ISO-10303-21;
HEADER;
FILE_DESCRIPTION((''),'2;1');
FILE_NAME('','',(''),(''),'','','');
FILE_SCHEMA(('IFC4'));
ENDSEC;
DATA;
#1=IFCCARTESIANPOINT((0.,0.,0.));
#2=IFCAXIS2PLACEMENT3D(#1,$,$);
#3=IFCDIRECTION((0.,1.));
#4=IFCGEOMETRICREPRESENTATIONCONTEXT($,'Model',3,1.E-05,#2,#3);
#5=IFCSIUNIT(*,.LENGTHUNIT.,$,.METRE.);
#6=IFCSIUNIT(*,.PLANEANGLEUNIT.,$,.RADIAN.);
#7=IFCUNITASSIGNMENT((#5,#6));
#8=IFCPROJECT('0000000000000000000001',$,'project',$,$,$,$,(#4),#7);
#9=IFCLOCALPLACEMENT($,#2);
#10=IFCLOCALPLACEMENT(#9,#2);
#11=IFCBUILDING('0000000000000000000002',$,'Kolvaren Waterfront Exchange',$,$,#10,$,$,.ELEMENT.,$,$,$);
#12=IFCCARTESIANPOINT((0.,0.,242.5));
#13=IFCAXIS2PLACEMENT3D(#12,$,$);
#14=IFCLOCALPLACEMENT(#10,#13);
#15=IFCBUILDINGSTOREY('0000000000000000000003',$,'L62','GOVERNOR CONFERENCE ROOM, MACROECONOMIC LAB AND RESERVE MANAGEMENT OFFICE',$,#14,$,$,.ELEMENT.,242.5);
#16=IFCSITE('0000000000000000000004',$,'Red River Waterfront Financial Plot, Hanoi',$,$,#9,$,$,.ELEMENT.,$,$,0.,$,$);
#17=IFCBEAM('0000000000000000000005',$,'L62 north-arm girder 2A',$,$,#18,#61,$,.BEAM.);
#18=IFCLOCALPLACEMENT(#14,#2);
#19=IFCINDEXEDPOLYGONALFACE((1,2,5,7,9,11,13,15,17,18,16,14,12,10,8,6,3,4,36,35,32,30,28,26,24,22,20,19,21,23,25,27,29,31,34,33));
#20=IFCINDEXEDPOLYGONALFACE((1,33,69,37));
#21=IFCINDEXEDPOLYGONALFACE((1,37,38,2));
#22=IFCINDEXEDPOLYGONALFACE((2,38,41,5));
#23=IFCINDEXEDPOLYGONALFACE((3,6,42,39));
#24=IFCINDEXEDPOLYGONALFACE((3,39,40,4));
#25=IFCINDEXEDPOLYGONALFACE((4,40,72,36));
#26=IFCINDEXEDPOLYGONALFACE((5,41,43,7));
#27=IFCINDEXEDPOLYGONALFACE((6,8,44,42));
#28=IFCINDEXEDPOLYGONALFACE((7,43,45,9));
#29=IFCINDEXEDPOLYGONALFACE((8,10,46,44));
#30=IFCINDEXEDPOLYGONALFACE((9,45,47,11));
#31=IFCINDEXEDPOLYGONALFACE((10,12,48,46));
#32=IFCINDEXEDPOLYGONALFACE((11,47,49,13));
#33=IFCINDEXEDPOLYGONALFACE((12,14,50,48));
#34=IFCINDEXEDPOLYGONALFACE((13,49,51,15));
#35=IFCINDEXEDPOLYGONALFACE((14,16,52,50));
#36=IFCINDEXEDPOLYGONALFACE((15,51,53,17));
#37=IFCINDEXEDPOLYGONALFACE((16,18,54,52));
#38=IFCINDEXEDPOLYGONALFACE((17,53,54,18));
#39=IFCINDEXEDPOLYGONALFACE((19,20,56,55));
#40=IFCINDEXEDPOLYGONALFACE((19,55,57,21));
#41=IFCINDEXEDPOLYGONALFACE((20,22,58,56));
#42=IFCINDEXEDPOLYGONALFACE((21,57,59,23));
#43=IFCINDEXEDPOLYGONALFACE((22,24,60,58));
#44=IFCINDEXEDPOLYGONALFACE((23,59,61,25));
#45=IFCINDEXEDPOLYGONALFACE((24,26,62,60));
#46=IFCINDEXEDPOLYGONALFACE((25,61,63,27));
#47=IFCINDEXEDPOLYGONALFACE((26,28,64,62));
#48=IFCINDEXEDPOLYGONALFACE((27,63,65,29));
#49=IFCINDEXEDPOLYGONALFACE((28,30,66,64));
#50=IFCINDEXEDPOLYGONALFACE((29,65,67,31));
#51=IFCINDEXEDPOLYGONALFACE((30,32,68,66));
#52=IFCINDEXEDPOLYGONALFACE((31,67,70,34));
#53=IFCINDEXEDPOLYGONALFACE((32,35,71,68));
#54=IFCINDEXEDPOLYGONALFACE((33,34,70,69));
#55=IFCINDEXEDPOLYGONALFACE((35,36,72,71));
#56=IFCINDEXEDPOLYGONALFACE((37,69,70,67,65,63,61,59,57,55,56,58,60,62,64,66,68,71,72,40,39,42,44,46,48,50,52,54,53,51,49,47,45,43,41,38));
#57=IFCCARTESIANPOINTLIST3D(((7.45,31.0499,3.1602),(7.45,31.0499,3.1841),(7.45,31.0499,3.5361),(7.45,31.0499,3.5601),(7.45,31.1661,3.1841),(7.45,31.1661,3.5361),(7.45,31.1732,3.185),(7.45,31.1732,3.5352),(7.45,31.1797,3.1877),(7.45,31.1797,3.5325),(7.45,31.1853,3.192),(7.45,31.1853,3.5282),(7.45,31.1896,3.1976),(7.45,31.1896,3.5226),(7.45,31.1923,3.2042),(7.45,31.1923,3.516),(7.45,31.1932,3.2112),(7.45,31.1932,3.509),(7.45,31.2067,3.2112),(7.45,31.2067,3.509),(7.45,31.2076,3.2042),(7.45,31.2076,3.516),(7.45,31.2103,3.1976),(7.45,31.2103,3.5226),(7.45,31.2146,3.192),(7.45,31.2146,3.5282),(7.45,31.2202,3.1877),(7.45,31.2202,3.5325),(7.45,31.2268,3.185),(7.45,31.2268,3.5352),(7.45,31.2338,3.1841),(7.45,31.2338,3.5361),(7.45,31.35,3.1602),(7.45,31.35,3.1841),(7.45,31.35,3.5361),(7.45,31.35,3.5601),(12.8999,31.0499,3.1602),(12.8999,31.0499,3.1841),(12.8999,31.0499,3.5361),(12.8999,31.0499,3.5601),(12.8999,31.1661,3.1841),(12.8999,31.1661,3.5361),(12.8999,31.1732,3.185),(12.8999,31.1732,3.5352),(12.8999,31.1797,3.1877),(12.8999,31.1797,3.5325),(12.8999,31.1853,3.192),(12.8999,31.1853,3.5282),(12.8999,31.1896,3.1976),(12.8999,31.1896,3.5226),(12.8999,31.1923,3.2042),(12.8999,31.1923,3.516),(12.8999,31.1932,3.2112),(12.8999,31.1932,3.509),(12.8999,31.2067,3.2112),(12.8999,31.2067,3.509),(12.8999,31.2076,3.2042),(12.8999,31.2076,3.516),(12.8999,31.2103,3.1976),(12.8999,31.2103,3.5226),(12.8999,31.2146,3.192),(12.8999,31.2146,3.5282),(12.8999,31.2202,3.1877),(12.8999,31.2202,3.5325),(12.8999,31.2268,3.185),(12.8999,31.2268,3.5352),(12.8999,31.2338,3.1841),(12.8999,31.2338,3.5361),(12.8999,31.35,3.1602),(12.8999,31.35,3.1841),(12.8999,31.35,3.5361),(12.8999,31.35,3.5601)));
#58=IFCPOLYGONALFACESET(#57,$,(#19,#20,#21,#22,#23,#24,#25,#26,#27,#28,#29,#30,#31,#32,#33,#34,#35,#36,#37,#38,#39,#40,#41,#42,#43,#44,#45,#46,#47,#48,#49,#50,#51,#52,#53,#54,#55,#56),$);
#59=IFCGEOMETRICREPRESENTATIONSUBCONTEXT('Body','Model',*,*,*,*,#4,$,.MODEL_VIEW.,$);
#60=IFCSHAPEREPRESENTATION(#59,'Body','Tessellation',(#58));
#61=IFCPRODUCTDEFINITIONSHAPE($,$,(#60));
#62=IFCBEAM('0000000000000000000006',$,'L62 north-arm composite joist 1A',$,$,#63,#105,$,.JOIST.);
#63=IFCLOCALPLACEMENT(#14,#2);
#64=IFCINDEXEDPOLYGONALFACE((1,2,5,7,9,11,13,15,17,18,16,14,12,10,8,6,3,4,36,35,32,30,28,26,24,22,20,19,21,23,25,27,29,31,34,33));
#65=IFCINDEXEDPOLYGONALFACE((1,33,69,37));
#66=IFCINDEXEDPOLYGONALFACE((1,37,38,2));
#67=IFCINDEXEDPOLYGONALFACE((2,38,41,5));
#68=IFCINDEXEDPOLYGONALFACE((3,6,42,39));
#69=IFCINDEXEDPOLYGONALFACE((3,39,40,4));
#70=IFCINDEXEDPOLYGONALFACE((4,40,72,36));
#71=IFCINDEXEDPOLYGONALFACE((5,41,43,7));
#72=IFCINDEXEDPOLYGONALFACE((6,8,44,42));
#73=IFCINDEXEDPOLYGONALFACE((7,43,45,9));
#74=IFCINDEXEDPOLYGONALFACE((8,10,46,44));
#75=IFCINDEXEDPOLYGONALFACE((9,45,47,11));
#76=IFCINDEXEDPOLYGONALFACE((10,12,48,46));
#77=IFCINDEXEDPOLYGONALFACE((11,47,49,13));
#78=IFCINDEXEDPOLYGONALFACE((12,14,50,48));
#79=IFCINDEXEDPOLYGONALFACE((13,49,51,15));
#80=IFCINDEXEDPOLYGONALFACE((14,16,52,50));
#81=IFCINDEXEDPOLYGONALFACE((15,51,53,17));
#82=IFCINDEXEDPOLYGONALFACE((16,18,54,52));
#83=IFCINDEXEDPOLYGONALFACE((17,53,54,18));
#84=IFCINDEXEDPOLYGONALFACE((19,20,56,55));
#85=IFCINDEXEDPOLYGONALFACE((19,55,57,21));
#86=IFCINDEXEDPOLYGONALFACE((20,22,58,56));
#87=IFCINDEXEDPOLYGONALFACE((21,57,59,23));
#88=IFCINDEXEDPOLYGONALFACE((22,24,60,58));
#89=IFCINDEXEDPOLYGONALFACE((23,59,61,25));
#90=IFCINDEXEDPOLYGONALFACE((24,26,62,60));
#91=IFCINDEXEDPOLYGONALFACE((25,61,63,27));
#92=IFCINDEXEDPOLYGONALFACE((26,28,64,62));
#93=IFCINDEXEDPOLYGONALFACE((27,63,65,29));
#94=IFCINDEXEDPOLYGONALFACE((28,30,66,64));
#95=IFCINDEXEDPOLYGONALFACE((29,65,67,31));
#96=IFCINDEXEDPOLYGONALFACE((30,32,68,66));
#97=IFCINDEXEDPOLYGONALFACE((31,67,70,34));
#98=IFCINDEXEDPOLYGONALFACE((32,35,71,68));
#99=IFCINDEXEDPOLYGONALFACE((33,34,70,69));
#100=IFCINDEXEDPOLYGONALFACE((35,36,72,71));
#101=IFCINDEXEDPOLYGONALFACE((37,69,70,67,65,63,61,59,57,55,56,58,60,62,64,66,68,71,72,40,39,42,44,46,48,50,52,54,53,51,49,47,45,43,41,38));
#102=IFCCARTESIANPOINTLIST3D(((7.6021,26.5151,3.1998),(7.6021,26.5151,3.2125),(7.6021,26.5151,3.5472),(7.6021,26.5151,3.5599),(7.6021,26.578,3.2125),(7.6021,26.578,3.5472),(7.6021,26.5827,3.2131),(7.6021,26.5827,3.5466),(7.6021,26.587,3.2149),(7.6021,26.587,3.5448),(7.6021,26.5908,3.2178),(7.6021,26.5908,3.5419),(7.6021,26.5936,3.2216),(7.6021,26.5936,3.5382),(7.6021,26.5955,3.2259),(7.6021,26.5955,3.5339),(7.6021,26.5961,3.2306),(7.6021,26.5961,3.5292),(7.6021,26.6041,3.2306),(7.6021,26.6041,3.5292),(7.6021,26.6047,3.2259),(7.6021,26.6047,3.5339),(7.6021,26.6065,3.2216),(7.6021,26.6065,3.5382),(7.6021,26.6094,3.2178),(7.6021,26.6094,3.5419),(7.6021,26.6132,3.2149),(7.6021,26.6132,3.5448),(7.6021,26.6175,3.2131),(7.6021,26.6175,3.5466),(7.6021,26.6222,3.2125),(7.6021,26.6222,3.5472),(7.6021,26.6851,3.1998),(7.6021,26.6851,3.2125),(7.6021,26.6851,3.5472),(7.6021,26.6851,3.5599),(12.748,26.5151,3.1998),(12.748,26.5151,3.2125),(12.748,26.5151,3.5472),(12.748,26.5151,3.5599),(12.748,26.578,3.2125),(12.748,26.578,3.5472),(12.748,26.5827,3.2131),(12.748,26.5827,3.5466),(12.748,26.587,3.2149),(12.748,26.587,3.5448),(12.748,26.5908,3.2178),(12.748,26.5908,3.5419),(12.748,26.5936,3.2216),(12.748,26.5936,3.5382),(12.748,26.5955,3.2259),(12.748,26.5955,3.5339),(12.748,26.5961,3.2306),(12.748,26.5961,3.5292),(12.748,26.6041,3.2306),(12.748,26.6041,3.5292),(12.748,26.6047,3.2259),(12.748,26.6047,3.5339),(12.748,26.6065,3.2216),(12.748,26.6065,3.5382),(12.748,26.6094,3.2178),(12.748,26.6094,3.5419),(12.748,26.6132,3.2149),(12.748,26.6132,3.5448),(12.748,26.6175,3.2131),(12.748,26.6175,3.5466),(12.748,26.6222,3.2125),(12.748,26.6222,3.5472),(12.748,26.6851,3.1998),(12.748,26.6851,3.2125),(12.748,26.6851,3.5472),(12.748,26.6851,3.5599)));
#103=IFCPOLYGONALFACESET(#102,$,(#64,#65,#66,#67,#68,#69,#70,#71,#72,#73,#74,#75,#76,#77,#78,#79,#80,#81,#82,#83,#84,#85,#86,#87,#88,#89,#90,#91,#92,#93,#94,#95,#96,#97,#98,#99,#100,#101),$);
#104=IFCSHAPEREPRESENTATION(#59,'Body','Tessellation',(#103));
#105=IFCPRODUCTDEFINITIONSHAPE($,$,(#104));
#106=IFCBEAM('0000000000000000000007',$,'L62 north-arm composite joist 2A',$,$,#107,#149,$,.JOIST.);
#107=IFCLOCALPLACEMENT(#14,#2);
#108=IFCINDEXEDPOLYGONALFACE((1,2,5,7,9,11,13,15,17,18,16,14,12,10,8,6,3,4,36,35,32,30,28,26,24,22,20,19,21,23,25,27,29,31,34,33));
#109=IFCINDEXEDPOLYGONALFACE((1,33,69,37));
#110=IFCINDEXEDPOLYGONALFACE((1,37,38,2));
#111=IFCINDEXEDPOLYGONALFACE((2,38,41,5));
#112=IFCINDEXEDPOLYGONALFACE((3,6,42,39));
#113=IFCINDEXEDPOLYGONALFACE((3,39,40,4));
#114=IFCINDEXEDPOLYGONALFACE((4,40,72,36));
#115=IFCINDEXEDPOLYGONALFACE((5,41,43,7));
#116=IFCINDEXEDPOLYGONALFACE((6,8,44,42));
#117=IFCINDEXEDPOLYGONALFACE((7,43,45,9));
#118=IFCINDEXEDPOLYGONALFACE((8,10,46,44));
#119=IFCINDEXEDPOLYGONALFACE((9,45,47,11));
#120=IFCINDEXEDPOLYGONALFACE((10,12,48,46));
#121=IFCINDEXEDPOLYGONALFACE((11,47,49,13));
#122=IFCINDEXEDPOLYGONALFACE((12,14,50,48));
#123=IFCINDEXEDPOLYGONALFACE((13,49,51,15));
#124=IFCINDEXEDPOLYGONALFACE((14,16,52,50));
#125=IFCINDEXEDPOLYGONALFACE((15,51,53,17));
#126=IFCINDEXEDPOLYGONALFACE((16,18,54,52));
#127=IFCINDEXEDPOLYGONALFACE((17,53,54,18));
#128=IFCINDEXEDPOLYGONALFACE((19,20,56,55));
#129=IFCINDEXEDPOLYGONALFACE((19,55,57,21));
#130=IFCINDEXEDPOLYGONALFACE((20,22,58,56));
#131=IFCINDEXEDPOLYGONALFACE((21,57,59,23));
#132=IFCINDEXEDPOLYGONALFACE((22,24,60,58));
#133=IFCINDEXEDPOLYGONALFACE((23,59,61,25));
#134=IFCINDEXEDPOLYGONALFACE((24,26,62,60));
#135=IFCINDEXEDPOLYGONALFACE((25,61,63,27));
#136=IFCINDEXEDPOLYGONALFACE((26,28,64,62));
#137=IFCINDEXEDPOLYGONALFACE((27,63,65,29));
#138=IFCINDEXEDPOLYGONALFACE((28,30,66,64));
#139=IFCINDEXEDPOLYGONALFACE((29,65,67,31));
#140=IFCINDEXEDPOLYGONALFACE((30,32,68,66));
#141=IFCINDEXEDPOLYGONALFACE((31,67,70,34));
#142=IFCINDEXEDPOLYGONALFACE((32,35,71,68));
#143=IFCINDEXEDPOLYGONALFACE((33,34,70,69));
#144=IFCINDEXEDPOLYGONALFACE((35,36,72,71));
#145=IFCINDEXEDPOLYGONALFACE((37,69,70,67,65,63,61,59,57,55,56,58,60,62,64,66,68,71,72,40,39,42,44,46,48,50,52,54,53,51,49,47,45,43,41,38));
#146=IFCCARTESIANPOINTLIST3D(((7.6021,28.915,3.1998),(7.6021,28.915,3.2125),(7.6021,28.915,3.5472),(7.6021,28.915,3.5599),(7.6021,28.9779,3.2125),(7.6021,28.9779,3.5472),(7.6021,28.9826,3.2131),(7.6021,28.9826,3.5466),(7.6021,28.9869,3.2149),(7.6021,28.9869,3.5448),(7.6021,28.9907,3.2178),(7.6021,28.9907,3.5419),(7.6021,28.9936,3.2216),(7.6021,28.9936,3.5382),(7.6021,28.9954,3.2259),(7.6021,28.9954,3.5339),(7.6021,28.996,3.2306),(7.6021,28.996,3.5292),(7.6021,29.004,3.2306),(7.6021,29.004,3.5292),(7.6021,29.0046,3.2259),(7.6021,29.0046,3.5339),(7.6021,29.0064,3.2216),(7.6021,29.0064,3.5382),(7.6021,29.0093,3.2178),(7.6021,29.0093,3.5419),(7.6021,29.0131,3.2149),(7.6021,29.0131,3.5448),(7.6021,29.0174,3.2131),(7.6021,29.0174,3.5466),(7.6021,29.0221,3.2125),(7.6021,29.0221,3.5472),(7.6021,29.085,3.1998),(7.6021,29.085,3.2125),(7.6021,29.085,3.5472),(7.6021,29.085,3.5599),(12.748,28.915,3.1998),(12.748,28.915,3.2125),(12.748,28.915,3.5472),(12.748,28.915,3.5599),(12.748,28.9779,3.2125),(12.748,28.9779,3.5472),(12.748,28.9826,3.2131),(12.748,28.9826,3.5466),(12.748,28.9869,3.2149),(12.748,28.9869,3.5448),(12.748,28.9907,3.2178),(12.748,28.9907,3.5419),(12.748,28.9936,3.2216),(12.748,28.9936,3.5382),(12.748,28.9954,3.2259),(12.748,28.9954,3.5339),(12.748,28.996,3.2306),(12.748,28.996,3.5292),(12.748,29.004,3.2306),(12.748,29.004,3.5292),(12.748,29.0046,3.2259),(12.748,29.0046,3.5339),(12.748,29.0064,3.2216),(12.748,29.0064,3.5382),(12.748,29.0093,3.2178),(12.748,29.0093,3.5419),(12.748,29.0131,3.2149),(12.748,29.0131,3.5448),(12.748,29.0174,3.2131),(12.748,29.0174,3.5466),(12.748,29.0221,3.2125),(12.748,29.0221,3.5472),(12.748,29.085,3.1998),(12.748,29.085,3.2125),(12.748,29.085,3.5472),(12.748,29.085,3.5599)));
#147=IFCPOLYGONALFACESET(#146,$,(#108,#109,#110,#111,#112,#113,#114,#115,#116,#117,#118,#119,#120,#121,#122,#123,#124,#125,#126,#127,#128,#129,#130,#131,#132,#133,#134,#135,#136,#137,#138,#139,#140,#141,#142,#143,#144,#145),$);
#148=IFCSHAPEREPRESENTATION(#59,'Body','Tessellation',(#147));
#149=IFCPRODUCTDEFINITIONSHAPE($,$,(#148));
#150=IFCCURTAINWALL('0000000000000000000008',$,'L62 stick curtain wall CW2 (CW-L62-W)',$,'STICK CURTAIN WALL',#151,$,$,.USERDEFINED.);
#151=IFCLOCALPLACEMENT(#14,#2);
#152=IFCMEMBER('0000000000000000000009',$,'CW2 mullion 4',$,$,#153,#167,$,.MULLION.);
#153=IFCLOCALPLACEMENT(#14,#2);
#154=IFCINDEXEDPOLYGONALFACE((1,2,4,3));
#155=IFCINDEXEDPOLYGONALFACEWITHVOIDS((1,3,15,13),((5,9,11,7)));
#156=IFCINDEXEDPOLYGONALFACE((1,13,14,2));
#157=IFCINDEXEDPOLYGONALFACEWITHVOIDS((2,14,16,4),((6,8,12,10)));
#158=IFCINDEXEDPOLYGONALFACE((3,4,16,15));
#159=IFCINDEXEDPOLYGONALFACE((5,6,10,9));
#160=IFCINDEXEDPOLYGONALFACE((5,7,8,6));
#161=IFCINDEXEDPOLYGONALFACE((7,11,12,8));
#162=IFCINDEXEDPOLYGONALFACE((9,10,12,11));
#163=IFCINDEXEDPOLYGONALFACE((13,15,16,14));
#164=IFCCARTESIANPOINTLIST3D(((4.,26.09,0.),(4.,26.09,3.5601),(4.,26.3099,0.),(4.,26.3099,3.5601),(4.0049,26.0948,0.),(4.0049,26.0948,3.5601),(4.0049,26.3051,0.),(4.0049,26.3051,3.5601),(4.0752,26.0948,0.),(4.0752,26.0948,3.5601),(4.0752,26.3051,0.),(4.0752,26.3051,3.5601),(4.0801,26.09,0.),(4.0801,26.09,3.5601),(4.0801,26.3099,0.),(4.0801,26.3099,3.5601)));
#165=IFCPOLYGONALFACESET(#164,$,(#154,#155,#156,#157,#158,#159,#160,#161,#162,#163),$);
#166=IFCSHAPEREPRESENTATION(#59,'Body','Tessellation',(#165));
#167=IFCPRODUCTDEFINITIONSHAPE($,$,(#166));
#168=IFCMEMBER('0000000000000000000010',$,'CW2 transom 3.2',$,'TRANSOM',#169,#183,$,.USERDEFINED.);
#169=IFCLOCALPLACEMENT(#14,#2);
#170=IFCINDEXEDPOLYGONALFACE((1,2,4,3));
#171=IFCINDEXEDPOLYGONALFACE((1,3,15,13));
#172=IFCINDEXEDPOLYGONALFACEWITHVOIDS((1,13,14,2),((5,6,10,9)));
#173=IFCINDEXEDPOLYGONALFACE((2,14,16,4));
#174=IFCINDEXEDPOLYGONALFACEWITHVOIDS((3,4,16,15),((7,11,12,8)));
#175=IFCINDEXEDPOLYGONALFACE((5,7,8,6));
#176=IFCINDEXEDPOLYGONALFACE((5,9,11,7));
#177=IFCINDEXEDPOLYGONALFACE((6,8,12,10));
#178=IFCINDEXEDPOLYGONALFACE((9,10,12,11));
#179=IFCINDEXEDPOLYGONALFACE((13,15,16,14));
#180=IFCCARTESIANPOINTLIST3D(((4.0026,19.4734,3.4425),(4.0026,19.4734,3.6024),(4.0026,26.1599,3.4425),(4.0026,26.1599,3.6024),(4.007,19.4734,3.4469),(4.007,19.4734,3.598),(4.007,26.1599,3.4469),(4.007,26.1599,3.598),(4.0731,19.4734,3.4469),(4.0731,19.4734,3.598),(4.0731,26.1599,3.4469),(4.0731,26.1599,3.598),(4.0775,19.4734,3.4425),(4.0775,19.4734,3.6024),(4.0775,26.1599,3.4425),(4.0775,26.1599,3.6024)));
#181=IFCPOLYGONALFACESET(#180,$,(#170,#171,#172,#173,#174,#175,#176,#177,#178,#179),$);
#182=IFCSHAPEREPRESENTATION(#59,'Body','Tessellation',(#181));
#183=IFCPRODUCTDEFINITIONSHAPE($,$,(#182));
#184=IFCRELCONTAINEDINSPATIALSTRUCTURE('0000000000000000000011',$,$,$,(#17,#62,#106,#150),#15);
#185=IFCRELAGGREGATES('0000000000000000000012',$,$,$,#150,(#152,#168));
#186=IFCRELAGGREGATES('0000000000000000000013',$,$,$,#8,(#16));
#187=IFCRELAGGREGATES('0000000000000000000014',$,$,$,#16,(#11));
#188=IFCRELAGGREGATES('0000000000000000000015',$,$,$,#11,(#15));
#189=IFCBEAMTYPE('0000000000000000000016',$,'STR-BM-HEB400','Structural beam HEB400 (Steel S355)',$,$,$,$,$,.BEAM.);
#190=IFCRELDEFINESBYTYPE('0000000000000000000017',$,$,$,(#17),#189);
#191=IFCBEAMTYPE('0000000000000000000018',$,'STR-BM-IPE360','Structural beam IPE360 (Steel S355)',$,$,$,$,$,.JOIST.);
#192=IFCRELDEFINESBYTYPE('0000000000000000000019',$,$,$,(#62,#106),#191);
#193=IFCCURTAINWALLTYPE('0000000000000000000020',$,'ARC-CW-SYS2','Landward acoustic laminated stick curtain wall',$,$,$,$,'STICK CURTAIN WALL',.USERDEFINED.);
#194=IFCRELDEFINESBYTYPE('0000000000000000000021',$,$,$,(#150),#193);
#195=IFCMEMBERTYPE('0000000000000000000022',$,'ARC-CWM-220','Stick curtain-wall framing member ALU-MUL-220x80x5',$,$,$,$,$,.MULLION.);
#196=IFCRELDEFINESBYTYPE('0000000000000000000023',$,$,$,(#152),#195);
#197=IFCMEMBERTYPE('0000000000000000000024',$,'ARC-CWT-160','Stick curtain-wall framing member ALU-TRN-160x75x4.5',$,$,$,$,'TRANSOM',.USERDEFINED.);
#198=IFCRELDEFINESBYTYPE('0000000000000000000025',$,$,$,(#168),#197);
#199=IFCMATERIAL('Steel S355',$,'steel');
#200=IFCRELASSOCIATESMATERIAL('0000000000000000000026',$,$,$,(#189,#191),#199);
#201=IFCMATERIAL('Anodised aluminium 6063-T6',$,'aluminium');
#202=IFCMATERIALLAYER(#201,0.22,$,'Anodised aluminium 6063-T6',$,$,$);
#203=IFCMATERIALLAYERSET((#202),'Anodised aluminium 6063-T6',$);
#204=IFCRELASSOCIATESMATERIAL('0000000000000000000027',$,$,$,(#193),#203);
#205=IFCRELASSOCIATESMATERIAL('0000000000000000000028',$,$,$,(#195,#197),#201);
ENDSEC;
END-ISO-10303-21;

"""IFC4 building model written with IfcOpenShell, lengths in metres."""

from ifc_helpers import new_model, si_unit, direction, frame, origin, origin_with_axes, origin_2d, place, context, subcontext, project, spatial, hollow_rectangle, i_section, extrude, source, transform, mapped, material, layer, layer_set, material_profile, profile_set, type_object, element, aggregate, save


model = new_model("IFC4")

# Units and contexts
model_context = context("Model", 3, precision=1e-05, world=origin(), true_north=direction((0.0, 1.0)))
body_context = subcontext(model_context, "Body", "Model", "MODEL_VIEW")
ifc_project = project(units=[si_unit("LENGTHUNIT", "METRE"), si_unit("PLANEANGLEUNIT", "RADIAN")], contexts=[model_context])

# Site, building, storey
site_placement = place(None, origin())
site = spatial("IfcSite", under=ifc_project, at=site_placement, Name="Red River Waterfront Financial Plot, Hanoi", CompositionType="ELEMENT", RefElevation=0.0)
building_placement = place(site_placement, origin())
building = spatial("IfcBuilding", under=site, at=building_placement, Name="Kolvaren Waterfront Exchange", CompositionType="ELEMENT")
storey_placement = place(building_placement, frame((0.0, 0.0, 242.5)))
storey = spatial("IfcBuildingStorey", under=building, at=storey_placement, Name="L62", Description="GOVERNOR CONFERENCE ROOM, MACROECONOMIC LAB AND RESERVE MANAGEMENT OFFICE", CompositionType="ELEMENT", Elevation=242.5)

# Beams
ifc_material_1 = material(Name="Steel S355", Category="steel")
ifc_material_profile_1 = material_profile(ifc_material_1, i_section(OverallWidth=0.3, OverallDepth=0.3999, WebThickness=0.0134, FlangeThickness=0.0239, FilletRadius=0.0271, at=origin_2d()), Name="HEB400")
ifc_profile_set_1 = profile_set([ifc_material_profile_1], Name="Steel S355")
beam_type_1 = type_object("IfcBeamType", Name="STR-BM-HEB400", Description="Structural beam HEB400 (Steel S355)", PredefinedType="BEAM", material=ifc_profile_set_1)
for number, where, z_axis, x_axis, name in (
    (1, (7.45, 31.2, 3.3601), (1.0, 0.0, 0.0), (0.0, 1.0, 0.0), "L62 north-arm girder 2A"),
):
    element("IfcBeam", number, at=place(storey_placement, frame(where, z_axis=z_axis, x_axis=x_axis)), inside=storey, type_object=beam_type_1, Name=name, PredefinedType="BEAM", context=body_context, shape_type="SweptSolid", body=[
        extrude(i_section(OverallWidth=0.3, OverallDepth=0.3999, WebThickness=0.0134, FlangeThickness=0.0239, FilletRadius=0.0271, at=origin_2d()), origin(), (0.0, 0.0, 1.0), 5.45),
    ])
ifc_material_profile_2 = material_profile(ifc_material_1, i_section(OverallWidth=0.1699, OverallDepth=0.3601, WebThickness=0.0081, FlangeThickness=0.0127, FilletRadius=0.0181, at=origin_2d()), Name="IPE360")
ifc_profile_set_2 = profile_set([ifc_material_profile_2], Name="Steel S355")
beam_type_2 = type_object("IfcBeamType", Name="STR-BM-IPE360", Description="Structural beam IPE360 (Steel S355)", PredefinedType="JOIST", material=ifc_profile_set_2)
for number, where, z_axis, x_axis, name in (
    (2, (7.6021, 26.6001, 3.3799), (1.0, 0.0, 0.0), (0.0, 1.0, 0.0), "L62 north-arm composite joist 1A"),
    (3, (7.6021, 29.0, 3.3799), (1.0, 0.0, 0.0), (0.0, 1.0, 0.0), "L62 north-arm composite joist 2A"),
):
    element("IfcBeam", number, at=place(storey_placement, frame(where, z_axis=z_axis, x_axis=x_axis)), inside=storey, type_object=beam_type_2, Name=name, PredefinedType="JOIST", context=body_context, shape_type="SweptSolid", body=[
        extrude(i_section(OverallWidth=0.1699, OverallDepth=0.3601, WebThickness=0.0081, FlangeThickness=0.0127, FilletRadius=0.0181, at=origin_2d()), origin(), (0.0, 0.0, 1.0), 5.146),
    ])

# Curtain wall, members
ifc_material_2 = material(Name="Anodised aluminium 6063-T6", Category="aluminium")
ifc_layer_1 = layer(ifc_material_2, 0.22, Name="Anodised aluminium 6063-T6")
ifc_layer_set_1 = layer_set([ifc_layer_1], Name="Anodised aluminium 6063-T6")
curtain_wall_type = type_object("IfcCurtainWallType", Name="ARC-CW-SYS2", Description="Landward acoustic laminated stick curtain wall", ElementType="STICK CURTAIN WALL", PredefinedType="USERDEFINED", material=ifc_layer_set_1)
curtain_wall_placement = place(storey_placement, origin())
curtain_wall = element("IfcCurtainWall", 4, at=curtain_wall_placement, inside=storey, type_object=curtain_wall_type, Name="L62 stick curtain wall CW2 (CW-L62-W)", ObjectType="STICK CURTAIN WALL", PredefinedType="USERDEFINED")
ifc_material_profile_3 = material_profile(ifc_material_2, hollow_rectangle(XDim=0.0801, YDim=0.22, WallThickness=0.0049, at=origin_2d()), Name="ALU-MUL-220x80x5")
ifc_profile_set_3 = profile_set([ifc_material_profile_3], Name="Anodised aluminium 6063-T6")
member_type_1 = type_object("IfcMemberType", Name="ARC-CWM-220", Description="Stick curtain-wall framing member ALU-MUL-220x80x5", PredefinedType="MULLION", material=ifc_profile_set_3)
shared_shape_1 = source(origin_with_axes(), body_context, "Body", "SweptSolid", [
    extrude(hollow_rectangle(XDim=0.0801, YDim=0.22, WallThickness=0.0049, at=origin_2d()), origin(), (0.0, 0.0, 1.0), 3.5601),
])
member_1_placement = place(storey_placement, frame((4.04, 26.2, 0.0), z_axis=(0.0, 0.0, 1.0), x_axis=(-1.0, 0.0, 0.0)))
member_1 = element("IfcMember", 5, at=member_1_placement, type_object=member_type_1, Name="CW2 mullion 4", PredefinedType="MULLION", context=body_context, shape_type="MappedRepresentation", body=[
    mapped(shared_shape_1, transform((0.0, 0.0, 0.0), x_axis=(1.0, 0.0, 0.0), y_axis=(0.0, 1.0, 0.0), z_axis=(0.0, 0.0, 1.0), scale=1.0)),
])
ifc_material_profile_4 = material_profile(ifc_material_2, hollow_rectangle(XDim=0.075, YDim=0.1599, WallThickness=0.0044, at=origin_2d()), Name="ALU-TRN-160x75x4.5")
ifc_profile_set_4 = profile_set([ifc_material_profile_4], Name="Anodised aluminium 6063-T6")
member_type_2 = type_object("IfcMemberType", Name="ARC-CWT-160", Description="Stick curtain-wall framing member ALU-TRN-160x75x4.5", ElementType="TRANSOM", PredefinedType="USERDEFINED", material=ifc_profile_set_4)
shared_shape_2 = source(origin_with_axes(), body_context, "Body", "SweptSolid", [
    extrude(hollow_rectangle(XDim=0.075, YDim=0.1599, WallThickness=0.0044, at=origin_2d()), origin(), (0.0, 0.0, 1.0), 6.6865),
])
member_2_placement = place(storey_placement, frame((4.04, 19.4734, 3.5225), z_axis=(0.0, 1.0, 0.0), x_axis=(-1.0, 0.0, 0.0)))
member_2 = element("IfcMember", 6, at=member_2_placement, type_object=member_type_2, Name="CW2 transom 3.2", ObjectType="TRANSOM", PredefinedType="USERDEFINED", context=body_context, shape_type="MappedRepresentation", body=[
    mapped(shared_shape_2, transform((0.0, 0.0, 0.0), x_axis=(1.0, 0.0, 0.0), y_axis=(0.0, 1.0, 0.0), z_axis=(0.0, 0.0, 1.0), scale=1.0)),
])
aggregate(curtain_wall, [member_1, member_2])

save(model, "model.ifc")
